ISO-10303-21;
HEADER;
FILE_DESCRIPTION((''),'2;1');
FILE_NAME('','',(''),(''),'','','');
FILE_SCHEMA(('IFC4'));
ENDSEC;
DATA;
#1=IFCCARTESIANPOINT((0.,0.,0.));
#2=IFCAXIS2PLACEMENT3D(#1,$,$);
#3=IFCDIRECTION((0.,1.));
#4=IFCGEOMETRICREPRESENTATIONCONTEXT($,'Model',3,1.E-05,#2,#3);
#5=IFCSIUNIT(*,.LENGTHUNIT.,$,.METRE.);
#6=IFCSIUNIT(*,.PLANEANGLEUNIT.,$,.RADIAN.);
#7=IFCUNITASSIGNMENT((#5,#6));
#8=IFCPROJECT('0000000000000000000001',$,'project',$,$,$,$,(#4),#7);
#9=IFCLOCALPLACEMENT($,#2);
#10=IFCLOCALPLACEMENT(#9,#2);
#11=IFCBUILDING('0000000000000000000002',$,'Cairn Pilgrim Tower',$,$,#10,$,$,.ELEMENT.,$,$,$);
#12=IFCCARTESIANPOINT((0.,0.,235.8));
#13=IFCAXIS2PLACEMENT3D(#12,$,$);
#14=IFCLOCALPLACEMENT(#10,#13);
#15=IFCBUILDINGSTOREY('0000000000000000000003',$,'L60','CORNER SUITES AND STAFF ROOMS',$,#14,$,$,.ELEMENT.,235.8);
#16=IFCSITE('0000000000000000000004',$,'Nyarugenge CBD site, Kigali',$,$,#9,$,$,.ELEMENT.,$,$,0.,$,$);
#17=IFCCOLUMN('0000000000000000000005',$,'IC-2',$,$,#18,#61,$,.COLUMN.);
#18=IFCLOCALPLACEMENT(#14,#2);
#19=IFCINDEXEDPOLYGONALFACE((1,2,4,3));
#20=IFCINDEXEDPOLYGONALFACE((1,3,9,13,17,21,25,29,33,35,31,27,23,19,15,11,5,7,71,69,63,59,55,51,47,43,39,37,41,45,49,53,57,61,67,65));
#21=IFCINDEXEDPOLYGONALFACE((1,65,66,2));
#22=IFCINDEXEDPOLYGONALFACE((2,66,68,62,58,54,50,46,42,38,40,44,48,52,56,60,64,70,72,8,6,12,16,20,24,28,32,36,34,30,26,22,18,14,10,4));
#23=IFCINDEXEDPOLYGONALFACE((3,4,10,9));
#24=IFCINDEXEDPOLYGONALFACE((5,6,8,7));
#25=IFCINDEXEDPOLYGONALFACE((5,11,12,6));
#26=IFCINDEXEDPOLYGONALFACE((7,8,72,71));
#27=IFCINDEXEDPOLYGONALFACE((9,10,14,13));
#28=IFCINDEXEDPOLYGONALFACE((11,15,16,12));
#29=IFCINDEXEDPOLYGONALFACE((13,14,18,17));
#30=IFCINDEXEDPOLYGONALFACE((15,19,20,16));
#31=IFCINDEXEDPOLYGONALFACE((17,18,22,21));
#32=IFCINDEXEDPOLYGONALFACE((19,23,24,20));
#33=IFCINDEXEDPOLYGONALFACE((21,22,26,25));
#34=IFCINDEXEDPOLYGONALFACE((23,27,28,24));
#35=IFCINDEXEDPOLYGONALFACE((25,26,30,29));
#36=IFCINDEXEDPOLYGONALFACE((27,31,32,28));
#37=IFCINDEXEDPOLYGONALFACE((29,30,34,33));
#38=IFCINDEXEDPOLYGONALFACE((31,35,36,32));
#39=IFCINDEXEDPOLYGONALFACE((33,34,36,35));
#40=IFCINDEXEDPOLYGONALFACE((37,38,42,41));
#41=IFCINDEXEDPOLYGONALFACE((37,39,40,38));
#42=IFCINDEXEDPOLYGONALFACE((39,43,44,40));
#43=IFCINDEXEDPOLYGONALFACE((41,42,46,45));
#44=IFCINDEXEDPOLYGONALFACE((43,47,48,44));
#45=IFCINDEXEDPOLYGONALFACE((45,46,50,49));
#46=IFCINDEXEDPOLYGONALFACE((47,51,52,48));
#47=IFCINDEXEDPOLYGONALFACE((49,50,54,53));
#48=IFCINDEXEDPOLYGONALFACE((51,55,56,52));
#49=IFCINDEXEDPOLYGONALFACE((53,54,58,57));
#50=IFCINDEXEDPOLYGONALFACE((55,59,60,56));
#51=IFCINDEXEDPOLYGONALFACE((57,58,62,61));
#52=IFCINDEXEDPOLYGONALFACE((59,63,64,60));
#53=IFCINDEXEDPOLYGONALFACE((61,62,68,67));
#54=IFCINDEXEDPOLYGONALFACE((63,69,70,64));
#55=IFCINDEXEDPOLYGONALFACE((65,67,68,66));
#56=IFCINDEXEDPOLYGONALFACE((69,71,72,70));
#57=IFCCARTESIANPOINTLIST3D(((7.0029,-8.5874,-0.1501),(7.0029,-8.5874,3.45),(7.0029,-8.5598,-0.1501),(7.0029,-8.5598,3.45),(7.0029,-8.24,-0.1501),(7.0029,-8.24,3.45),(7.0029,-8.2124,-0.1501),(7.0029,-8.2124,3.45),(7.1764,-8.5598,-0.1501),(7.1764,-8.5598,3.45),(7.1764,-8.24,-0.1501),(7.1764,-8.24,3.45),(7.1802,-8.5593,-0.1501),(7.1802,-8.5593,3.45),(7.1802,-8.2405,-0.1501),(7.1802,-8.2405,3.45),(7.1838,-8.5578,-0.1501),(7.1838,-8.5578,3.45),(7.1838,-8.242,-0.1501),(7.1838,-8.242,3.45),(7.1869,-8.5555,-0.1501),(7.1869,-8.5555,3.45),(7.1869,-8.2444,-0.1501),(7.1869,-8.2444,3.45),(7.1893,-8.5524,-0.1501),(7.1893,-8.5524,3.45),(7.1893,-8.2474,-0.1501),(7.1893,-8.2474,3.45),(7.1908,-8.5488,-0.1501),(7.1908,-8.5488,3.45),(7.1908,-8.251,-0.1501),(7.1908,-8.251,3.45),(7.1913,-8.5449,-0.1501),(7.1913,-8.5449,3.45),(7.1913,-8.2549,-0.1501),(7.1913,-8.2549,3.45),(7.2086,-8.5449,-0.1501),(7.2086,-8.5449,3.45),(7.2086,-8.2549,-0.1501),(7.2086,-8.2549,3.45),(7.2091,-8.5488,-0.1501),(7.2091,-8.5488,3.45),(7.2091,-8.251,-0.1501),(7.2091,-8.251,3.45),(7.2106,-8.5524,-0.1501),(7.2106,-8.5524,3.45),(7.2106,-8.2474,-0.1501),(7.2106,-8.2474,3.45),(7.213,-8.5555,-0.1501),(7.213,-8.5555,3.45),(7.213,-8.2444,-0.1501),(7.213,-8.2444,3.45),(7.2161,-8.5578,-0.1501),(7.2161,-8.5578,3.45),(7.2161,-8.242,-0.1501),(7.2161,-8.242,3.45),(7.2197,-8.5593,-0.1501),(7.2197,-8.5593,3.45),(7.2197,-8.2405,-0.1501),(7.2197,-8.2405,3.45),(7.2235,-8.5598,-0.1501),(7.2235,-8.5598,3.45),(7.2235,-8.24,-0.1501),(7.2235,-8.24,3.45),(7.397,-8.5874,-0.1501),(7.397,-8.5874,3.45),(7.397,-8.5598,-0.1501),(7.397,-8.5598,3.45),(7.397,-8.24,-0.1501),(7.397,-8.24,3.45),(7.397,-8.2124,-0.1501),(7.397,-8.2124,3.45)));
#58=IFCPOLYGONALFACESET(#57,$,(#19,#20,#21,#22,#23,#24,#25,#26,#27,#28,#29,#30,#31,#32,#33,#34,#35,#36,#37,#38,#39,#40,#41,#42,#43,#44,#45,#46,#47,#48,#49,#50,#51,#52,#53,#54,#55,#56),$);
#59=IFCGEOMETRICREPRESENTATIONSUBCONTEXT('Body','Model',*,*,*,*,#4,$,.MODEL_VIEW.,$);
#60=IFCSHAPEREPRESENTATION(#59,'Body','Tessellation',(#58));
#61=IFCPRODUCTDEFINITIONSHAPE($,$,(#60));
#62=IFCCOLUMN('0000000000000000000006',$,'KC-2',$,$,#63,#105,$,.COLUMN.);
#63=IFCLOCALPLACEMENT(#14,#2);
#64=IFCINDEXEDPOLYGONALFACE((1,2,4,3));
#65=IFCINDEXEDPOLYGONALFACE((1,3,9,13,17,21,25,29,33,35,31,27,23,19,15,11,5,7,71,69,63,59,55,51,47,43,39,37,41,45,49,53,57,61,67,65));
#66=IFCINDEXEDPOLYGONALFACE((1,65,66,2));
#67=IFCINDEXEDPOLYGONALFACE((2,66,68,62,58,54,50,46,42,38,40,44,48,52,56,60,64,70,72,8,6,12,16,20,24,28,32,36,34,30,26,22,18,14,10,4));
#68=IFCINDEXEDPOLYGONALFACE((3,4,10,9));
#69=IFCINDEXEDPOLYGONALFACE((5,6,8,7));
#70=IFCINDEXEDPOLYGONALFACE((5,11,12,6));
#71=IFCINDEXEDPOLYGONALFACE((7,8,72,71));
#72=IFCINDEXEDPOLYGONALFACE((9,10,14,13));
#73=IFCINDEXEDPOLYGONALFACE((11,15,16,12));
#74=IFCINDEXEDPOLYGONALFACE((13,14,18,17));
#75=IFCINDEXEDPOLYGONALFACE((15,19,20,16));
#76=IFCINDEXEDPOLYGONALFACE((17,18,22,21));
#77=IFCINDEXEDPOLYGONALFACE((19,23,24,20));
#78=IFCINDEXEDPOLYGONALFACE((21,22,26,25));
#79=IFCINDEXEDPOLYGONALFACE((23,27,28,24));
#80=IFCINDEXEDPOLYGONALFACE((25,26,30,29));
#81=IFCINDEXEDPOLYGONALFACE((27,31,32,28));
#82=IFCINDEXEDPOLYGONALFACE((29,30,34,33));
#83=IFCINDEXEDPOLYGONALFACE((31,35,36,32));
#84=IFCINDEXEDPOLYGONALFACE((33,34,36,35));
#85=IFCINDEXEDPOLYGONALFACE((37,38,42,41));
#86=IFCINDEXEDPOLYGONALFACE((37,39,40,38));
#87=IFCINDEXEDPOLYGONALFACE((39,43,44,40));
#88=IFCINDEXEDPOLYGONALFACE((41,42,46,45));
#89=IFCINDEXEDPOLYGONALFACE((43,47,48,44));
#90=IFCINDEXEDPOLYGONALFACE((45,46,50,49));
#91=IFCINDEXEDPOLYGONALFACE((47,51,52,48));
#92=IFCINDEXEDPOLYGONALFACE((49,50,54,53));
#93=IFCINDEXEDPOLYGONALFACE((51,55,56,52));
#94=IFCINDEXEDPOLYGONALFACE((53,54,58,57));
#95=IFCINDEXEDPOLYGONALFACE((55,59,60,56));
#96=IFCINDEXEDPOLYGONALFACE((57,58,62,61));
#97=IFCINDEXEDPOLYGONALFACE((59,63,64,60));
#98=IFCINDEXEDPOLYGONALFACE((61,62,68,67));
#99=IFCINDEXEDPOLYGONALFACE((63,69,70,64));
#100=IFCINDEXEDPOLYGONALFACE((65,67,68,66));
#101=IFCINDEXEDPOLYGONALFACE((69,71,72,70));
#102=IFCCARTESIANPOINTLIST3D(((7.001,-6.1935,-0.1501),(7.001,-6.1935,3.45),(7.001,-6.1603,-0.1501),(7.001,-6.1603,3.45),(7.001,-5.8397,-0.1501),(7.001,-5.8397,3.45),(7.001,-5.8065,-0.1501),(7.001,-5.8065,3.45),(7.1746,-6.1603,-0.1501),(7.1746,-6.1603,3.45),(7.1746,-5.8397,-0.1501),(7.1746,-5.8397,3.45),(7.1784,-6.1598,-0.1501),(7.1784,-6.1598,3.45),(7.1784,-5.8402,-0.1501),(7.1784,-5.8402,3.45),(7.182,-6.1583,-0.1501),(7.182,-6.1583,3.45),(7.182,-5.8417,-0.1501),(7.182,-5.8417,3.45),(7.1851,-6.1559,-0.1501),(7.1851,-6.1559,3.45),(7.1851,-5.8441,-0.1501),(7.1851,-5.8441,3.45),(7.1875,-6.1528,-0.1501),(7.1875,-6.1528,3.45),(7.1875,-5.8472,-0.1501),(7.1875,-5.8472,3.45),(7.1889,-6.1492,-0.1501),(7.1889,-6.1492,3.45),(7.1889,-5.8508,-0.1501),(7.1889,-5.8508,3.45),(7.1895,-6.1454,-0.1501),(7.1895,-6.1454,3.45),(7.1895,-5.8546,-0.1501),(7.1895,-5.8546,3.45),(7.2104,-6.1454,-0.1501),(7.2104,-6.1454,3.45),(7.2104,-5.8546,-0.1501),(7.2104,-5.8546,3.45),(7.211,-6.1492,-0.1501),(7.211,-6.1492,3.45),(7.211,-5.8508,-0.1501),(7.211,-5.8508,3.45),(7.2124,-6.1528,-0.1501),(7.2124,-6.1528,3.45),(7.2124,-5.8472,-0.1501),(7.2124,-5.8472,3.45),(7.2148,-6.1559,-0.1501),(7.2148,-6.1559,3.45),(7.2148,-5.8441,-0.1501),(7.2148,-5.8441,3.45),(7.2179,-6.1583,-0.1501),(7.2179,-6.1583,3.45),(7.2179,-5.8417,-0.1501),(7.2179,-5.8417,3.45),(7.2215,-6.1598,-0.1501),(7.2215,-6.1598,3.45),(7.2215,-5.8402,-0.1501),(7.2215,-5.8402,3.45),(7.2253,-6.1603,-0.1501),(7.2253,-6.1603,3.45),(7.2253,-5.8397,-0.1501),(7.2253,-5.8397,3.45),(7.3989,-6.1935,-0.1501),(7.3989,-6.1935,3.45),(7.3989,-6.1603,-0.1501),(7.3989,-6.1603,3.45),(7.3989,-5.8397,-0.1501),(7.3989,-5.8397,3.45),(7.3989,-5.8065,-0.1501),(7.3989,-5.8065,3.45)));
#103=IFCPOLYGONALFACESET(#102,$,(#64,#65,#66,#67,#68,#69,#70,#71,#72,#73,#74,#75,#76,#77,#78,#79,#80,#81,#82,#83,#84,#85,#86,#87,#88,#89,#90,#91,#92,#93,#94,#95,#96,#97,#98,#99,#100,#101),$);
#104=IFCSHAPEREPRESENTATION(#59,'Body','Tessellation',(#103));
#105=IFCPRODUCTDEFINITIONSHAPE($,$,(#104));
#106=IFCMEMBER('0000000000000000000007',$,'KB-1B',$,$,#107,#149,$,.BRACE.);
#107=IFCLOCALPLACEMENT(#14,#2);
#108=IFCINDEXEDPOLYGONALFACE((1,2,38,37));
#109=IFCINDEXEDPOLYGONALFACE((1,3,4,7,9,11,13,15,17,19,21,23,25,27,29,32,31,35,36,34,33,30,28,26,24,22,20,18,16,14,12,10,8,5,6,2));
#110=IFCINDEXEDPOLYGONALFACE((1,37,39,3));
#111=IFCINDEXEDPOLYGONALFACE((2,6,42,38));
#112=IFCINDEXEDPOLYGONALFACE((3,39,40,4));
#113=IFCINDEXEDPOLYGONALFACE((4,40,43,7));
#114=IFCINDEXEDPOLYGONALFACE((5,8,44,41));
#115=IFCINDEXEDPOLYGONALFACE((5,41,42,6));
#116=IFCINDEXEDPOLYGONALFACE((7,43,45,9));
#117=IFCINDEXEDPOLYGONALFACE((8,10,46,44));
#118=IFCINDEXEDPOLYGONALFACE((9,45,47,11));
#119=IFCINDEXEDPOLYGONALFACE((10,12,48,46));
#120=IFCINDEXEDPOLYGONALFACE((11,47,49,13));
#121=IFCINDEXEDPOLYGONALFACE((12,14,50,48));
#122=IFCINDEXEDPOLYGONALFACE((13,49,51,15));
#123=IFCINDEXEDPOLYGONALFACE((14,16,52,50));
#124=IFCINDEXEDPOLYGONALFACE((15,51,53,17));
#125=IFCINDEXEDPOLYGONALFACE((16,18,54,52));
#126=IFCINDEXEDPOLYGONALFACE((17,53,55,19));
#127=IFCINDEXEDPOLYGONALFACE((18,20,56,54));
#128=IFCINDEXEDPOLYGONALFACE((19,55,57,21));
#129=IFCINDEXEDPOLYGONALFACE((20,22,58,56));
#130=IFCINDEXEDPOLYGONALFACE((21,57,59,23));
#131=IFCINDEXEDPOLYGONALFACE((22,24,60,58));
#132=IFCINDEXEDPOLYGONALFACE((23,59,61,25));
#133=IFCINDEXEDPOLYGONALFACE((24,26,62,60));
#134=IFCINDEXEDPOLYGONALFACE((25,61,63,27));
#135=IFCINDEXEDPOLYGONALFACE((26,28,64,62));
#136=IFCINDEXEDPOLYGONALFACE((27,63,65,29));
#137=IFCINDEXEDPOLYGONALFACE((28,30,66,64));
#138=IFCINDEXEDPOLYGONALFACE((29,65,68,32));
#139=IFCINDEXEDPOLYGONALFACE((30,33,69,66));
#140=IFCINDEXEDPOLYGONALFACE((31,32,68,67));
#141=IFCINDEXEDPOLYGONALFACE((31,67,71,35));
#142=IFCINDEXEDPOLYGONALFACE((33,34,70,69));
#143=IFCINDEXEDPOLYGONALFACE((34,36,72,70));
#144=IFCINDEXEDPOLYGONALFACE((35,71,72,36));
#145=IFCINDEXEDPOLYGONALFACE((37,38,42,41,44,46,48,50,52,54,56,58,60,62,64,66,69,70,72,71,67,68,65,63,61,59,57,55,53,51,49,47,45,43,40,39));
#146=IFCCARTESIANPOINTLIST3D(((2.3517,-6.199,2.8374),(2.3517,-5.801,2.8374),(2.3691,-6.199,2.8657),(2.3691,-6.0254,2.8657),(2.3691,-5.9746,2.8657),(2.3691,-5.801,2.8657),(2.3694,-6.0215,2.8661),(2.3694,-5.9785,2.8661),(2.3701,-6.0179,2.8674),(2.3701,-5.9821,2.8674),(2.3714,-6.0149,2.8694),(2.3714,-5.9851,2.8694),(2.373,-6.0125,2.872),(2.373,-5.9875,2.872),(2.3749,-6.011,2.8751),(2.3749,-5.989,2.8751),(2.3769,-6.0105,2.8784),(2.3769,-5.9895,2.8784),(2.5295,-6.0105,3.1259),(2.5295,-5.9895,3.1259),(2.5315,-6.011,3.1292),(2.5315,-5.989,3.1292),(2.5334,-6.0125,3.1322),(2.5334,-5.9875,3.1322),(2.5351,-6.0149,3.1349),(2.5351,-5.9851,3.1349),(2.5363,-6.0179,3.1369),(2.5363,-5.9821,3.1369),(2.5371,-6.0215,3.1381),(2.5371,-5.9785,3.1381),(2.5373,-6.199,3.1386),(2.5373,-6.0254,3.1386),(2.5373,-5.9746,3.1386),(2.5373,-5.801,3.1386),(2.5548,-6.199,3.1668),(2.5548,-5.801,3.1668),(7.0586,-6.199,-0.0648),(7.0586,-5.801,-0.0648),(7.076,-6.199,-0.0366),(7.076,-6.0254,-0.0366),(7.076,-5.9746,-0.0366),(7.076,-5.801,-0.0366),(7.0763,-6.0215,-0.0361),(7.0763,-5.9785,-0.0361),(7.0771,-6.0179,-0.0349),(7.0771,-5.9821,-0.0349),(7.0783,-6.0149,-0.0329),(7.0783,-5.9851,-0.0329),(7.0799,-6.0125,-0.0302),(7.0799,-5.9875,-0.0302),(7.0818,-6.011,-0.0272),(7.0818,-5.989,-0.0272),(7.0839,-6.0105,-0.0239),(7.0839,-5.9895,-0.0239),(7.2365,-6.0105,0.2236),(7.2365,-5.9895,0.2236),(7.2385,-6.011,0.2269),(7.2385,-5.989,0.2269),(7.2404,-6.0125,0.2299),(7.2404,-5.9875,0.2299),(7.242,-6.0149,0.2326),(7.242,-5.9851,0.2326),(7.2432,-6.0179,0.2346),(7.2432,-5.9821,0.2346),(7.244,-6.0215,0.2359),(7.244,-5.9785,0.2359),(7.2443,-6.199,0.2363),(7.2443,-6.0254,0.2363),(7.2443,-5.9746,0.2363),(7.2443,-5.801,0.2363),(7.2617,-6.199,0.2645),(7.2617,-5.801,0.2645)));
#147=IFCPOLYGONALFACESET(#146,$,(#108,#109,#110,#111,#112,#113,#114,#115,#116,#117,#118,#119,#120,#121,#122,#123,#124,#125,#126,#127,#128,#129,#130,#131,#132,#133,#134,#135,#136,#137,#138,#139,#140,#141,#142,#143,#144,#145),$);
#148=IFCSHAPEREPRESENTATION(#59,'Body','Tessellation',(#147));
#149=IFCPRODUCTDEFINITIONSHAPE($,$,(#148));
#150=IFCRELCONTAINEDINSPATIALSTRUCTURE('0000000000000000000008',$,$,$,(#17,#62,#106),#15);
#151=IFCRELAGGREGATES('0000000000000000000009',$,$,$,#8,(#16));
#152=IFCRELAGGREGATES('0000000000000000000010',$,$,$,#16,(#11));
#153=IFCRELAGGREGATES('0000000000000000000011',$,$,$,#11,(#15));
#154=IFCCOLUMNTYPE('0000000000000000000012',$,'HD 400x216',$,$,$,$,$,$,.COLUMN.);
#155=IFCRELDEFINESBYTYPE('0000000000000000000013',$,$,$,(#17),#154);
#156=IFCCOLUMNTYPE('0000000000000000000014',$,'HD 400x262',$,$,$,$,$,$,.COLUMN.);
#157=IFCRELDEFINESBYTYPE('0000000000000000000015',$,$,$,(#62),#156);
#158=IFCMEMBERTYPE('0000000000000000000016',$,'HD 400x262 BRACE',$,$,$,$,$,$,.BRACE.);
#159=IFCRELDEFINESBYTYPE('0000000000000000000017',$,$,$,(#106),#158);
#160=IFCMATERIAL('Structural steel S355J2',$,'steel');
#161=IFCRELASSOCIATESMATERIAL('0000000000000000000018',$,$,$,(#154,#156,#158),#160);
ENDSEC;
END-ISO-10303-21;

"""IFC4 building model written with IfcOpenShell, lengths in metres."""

from ifc_helpers import new_model, si_unit, direction, frame, origin, origin_2d, place, context, subcontext, project, spatial, i_section, extrude, material, material_profile, profile_set, type_object, element, save


model = new_model("IFC4")

# Units and contexts
model_context = context("Model", 3, precision=1e-05, world=origin(), true_north=direction((0.0, 1.0)))
body_context = subcontext(model_context, "Body", "Model", "MODEL_VIEW")
ifc_project = project(units=[si_unit("LENGTHUNIT", "METRE"), si_unit("PLANEANGLEUNIT", "RADIAN")], contexts=[model_context])

# Site, building, storey
site_placement = place(None, origin())
site = spatial("IfcSite", under=ifc_project, at=site_placement, Name="Nyarugenge CBD site, Kigali", CompositionType="ELEMENT", RefElevation=0.0)
building_placement = place(site_placement, origin())
building = spatial("IfcBuilding", under=site, at=building_placement, Name="Cairn Pilgrim Tower", CompositionType="ELEMENT")
storey_placement = place(building_placement, frame((0.0, 0.0, 235.8)))
storey = spatial("IfcBuildingStorey", under=building, at=storey_placement, Name="L60", Description="CORNER SUITES AND STAFF ROOMS", CompositionType="ELEMENT", Elevation=235.8)

# Columns
ifc_material_1 = material(Name="Structural steel S355J2", Category="steel")
ifc_material_profile_1 = material_profile(ifc_material_1, i_section(OverallWidth=0.394, OverallDepth=0.375, WebThickness=0.0173, FlangeThickness=0.0276, FilletRadius=0.0149, at=origin_2d()), Name="HD 400x216")
ifc_profile_set_1 = profile_set([ifc_material_profile_1], Name="Structural steel S355J2")
column_type_1 = type_object("IfcColumnType", Name="HD 400x216", PredefinedType="COLUMN", material=ifc_profile_set_1)
column_1_placement = place(storey_placement, frame((7.2, -8.3999, -0.1501), z_axis=(0.0, 0.0, 1.0), x_axis=(1.0, 0.0, 0.0)))
element("IfcColumn", 1, at=column_1_placement, inside=storey, type_object=column_type_1, Name="IC-2", PredefinedType="COLUMN", context=body_context, shape_type="SweptSolid", body=[
    extrude(i_section(OverallWidth=0.394, OverallDepth=0.375, WebThickness=0.0173, FlangeThickness=0.0276, FilletRadius=0.0149, at=origin_2d()), origin(), (0.0, 0.0, 1.0), 3.6001),
])
ifc_material_profile_2 = material_profile(ifc_material_1, i_section(OverallWidth=0.3979, OverallDepth=0.387, WebThickness=0.021, FlangeThickness=0.0332, FilletRadius=0.0149, at=origin_2d()), Name="HD 400x262")
ifc_profile_set_2 = profile_set([ifc_material_profile_2], Name="Structural steel S355J2")
column_type_2 = type_object("IfcColumnType", Name="HD 400x262", PredefinedType="COLUMN", material=ifc_profile_set_2)
column_2_placement = place(storey_placement, frame((7.2, -6.0, -0.1501), z_axis=(0.0, 0.0, 1.0), x_axis=(1.0, 0.0, 0.0)))
element("IfcColumn", 2, at=column_2_placement, inside=storey, type_object=column_type_2, Name="KC-2", PredefinedType="COLUMN", context=body_context, shape_type="SweptSolid", body=[
    extrude(i_section(OverallWidth=0.3979, OverallDepth=0.387, WebThickness=0.021, FlangeThickness=0.0332, FilletRadius=0.0149, at=origin_2d()), origin(), (0.0, 0.0, 1.0), 3.6001),
])

# Member
ifc_material_profile_3 = material_profile(ifc_material_1, i_section(OverallWidth=0.3979, OverallDepth=0.387, WebThickness=0.021, FlangeThickness=0.0332, FilletRadius=0.0149, at=origin_2d()), Name="HD 400x262")
ifc_profile_set_3 = profile_set([ifc_material_profile_3], Name="Structural steel S355J2")
member_type = type_object("IfcMemberType", Name="HD 400x262 BRACE", PredefinedType="BRACE", material=ifc_profile_set_3)
member_placement = place(storey_placement, frame((7.1602, -6.0, 0.0999), z_axis=(-0.851197, 0.0, 0.524846), x_axis=(0.0, -1.0, 0.0)))
element("IfcMember", 3, at=member_placement, inside=storey, type_object=member_type, Name="KB-1B", PredefinedType="BRACE", context=body_context, shape_type="SweptSolid", body=[
    extrude(i_section(OverallWidth=0.3979, OverallDepth=0.387, WebThickness=0.021, FlangeThickness=0.0332, FilletRadius=0.0149, at=origin_2d()), origin(), (0.0, 0.0, 1.0), 5.5298),
])

save(model, "model.ifc")
